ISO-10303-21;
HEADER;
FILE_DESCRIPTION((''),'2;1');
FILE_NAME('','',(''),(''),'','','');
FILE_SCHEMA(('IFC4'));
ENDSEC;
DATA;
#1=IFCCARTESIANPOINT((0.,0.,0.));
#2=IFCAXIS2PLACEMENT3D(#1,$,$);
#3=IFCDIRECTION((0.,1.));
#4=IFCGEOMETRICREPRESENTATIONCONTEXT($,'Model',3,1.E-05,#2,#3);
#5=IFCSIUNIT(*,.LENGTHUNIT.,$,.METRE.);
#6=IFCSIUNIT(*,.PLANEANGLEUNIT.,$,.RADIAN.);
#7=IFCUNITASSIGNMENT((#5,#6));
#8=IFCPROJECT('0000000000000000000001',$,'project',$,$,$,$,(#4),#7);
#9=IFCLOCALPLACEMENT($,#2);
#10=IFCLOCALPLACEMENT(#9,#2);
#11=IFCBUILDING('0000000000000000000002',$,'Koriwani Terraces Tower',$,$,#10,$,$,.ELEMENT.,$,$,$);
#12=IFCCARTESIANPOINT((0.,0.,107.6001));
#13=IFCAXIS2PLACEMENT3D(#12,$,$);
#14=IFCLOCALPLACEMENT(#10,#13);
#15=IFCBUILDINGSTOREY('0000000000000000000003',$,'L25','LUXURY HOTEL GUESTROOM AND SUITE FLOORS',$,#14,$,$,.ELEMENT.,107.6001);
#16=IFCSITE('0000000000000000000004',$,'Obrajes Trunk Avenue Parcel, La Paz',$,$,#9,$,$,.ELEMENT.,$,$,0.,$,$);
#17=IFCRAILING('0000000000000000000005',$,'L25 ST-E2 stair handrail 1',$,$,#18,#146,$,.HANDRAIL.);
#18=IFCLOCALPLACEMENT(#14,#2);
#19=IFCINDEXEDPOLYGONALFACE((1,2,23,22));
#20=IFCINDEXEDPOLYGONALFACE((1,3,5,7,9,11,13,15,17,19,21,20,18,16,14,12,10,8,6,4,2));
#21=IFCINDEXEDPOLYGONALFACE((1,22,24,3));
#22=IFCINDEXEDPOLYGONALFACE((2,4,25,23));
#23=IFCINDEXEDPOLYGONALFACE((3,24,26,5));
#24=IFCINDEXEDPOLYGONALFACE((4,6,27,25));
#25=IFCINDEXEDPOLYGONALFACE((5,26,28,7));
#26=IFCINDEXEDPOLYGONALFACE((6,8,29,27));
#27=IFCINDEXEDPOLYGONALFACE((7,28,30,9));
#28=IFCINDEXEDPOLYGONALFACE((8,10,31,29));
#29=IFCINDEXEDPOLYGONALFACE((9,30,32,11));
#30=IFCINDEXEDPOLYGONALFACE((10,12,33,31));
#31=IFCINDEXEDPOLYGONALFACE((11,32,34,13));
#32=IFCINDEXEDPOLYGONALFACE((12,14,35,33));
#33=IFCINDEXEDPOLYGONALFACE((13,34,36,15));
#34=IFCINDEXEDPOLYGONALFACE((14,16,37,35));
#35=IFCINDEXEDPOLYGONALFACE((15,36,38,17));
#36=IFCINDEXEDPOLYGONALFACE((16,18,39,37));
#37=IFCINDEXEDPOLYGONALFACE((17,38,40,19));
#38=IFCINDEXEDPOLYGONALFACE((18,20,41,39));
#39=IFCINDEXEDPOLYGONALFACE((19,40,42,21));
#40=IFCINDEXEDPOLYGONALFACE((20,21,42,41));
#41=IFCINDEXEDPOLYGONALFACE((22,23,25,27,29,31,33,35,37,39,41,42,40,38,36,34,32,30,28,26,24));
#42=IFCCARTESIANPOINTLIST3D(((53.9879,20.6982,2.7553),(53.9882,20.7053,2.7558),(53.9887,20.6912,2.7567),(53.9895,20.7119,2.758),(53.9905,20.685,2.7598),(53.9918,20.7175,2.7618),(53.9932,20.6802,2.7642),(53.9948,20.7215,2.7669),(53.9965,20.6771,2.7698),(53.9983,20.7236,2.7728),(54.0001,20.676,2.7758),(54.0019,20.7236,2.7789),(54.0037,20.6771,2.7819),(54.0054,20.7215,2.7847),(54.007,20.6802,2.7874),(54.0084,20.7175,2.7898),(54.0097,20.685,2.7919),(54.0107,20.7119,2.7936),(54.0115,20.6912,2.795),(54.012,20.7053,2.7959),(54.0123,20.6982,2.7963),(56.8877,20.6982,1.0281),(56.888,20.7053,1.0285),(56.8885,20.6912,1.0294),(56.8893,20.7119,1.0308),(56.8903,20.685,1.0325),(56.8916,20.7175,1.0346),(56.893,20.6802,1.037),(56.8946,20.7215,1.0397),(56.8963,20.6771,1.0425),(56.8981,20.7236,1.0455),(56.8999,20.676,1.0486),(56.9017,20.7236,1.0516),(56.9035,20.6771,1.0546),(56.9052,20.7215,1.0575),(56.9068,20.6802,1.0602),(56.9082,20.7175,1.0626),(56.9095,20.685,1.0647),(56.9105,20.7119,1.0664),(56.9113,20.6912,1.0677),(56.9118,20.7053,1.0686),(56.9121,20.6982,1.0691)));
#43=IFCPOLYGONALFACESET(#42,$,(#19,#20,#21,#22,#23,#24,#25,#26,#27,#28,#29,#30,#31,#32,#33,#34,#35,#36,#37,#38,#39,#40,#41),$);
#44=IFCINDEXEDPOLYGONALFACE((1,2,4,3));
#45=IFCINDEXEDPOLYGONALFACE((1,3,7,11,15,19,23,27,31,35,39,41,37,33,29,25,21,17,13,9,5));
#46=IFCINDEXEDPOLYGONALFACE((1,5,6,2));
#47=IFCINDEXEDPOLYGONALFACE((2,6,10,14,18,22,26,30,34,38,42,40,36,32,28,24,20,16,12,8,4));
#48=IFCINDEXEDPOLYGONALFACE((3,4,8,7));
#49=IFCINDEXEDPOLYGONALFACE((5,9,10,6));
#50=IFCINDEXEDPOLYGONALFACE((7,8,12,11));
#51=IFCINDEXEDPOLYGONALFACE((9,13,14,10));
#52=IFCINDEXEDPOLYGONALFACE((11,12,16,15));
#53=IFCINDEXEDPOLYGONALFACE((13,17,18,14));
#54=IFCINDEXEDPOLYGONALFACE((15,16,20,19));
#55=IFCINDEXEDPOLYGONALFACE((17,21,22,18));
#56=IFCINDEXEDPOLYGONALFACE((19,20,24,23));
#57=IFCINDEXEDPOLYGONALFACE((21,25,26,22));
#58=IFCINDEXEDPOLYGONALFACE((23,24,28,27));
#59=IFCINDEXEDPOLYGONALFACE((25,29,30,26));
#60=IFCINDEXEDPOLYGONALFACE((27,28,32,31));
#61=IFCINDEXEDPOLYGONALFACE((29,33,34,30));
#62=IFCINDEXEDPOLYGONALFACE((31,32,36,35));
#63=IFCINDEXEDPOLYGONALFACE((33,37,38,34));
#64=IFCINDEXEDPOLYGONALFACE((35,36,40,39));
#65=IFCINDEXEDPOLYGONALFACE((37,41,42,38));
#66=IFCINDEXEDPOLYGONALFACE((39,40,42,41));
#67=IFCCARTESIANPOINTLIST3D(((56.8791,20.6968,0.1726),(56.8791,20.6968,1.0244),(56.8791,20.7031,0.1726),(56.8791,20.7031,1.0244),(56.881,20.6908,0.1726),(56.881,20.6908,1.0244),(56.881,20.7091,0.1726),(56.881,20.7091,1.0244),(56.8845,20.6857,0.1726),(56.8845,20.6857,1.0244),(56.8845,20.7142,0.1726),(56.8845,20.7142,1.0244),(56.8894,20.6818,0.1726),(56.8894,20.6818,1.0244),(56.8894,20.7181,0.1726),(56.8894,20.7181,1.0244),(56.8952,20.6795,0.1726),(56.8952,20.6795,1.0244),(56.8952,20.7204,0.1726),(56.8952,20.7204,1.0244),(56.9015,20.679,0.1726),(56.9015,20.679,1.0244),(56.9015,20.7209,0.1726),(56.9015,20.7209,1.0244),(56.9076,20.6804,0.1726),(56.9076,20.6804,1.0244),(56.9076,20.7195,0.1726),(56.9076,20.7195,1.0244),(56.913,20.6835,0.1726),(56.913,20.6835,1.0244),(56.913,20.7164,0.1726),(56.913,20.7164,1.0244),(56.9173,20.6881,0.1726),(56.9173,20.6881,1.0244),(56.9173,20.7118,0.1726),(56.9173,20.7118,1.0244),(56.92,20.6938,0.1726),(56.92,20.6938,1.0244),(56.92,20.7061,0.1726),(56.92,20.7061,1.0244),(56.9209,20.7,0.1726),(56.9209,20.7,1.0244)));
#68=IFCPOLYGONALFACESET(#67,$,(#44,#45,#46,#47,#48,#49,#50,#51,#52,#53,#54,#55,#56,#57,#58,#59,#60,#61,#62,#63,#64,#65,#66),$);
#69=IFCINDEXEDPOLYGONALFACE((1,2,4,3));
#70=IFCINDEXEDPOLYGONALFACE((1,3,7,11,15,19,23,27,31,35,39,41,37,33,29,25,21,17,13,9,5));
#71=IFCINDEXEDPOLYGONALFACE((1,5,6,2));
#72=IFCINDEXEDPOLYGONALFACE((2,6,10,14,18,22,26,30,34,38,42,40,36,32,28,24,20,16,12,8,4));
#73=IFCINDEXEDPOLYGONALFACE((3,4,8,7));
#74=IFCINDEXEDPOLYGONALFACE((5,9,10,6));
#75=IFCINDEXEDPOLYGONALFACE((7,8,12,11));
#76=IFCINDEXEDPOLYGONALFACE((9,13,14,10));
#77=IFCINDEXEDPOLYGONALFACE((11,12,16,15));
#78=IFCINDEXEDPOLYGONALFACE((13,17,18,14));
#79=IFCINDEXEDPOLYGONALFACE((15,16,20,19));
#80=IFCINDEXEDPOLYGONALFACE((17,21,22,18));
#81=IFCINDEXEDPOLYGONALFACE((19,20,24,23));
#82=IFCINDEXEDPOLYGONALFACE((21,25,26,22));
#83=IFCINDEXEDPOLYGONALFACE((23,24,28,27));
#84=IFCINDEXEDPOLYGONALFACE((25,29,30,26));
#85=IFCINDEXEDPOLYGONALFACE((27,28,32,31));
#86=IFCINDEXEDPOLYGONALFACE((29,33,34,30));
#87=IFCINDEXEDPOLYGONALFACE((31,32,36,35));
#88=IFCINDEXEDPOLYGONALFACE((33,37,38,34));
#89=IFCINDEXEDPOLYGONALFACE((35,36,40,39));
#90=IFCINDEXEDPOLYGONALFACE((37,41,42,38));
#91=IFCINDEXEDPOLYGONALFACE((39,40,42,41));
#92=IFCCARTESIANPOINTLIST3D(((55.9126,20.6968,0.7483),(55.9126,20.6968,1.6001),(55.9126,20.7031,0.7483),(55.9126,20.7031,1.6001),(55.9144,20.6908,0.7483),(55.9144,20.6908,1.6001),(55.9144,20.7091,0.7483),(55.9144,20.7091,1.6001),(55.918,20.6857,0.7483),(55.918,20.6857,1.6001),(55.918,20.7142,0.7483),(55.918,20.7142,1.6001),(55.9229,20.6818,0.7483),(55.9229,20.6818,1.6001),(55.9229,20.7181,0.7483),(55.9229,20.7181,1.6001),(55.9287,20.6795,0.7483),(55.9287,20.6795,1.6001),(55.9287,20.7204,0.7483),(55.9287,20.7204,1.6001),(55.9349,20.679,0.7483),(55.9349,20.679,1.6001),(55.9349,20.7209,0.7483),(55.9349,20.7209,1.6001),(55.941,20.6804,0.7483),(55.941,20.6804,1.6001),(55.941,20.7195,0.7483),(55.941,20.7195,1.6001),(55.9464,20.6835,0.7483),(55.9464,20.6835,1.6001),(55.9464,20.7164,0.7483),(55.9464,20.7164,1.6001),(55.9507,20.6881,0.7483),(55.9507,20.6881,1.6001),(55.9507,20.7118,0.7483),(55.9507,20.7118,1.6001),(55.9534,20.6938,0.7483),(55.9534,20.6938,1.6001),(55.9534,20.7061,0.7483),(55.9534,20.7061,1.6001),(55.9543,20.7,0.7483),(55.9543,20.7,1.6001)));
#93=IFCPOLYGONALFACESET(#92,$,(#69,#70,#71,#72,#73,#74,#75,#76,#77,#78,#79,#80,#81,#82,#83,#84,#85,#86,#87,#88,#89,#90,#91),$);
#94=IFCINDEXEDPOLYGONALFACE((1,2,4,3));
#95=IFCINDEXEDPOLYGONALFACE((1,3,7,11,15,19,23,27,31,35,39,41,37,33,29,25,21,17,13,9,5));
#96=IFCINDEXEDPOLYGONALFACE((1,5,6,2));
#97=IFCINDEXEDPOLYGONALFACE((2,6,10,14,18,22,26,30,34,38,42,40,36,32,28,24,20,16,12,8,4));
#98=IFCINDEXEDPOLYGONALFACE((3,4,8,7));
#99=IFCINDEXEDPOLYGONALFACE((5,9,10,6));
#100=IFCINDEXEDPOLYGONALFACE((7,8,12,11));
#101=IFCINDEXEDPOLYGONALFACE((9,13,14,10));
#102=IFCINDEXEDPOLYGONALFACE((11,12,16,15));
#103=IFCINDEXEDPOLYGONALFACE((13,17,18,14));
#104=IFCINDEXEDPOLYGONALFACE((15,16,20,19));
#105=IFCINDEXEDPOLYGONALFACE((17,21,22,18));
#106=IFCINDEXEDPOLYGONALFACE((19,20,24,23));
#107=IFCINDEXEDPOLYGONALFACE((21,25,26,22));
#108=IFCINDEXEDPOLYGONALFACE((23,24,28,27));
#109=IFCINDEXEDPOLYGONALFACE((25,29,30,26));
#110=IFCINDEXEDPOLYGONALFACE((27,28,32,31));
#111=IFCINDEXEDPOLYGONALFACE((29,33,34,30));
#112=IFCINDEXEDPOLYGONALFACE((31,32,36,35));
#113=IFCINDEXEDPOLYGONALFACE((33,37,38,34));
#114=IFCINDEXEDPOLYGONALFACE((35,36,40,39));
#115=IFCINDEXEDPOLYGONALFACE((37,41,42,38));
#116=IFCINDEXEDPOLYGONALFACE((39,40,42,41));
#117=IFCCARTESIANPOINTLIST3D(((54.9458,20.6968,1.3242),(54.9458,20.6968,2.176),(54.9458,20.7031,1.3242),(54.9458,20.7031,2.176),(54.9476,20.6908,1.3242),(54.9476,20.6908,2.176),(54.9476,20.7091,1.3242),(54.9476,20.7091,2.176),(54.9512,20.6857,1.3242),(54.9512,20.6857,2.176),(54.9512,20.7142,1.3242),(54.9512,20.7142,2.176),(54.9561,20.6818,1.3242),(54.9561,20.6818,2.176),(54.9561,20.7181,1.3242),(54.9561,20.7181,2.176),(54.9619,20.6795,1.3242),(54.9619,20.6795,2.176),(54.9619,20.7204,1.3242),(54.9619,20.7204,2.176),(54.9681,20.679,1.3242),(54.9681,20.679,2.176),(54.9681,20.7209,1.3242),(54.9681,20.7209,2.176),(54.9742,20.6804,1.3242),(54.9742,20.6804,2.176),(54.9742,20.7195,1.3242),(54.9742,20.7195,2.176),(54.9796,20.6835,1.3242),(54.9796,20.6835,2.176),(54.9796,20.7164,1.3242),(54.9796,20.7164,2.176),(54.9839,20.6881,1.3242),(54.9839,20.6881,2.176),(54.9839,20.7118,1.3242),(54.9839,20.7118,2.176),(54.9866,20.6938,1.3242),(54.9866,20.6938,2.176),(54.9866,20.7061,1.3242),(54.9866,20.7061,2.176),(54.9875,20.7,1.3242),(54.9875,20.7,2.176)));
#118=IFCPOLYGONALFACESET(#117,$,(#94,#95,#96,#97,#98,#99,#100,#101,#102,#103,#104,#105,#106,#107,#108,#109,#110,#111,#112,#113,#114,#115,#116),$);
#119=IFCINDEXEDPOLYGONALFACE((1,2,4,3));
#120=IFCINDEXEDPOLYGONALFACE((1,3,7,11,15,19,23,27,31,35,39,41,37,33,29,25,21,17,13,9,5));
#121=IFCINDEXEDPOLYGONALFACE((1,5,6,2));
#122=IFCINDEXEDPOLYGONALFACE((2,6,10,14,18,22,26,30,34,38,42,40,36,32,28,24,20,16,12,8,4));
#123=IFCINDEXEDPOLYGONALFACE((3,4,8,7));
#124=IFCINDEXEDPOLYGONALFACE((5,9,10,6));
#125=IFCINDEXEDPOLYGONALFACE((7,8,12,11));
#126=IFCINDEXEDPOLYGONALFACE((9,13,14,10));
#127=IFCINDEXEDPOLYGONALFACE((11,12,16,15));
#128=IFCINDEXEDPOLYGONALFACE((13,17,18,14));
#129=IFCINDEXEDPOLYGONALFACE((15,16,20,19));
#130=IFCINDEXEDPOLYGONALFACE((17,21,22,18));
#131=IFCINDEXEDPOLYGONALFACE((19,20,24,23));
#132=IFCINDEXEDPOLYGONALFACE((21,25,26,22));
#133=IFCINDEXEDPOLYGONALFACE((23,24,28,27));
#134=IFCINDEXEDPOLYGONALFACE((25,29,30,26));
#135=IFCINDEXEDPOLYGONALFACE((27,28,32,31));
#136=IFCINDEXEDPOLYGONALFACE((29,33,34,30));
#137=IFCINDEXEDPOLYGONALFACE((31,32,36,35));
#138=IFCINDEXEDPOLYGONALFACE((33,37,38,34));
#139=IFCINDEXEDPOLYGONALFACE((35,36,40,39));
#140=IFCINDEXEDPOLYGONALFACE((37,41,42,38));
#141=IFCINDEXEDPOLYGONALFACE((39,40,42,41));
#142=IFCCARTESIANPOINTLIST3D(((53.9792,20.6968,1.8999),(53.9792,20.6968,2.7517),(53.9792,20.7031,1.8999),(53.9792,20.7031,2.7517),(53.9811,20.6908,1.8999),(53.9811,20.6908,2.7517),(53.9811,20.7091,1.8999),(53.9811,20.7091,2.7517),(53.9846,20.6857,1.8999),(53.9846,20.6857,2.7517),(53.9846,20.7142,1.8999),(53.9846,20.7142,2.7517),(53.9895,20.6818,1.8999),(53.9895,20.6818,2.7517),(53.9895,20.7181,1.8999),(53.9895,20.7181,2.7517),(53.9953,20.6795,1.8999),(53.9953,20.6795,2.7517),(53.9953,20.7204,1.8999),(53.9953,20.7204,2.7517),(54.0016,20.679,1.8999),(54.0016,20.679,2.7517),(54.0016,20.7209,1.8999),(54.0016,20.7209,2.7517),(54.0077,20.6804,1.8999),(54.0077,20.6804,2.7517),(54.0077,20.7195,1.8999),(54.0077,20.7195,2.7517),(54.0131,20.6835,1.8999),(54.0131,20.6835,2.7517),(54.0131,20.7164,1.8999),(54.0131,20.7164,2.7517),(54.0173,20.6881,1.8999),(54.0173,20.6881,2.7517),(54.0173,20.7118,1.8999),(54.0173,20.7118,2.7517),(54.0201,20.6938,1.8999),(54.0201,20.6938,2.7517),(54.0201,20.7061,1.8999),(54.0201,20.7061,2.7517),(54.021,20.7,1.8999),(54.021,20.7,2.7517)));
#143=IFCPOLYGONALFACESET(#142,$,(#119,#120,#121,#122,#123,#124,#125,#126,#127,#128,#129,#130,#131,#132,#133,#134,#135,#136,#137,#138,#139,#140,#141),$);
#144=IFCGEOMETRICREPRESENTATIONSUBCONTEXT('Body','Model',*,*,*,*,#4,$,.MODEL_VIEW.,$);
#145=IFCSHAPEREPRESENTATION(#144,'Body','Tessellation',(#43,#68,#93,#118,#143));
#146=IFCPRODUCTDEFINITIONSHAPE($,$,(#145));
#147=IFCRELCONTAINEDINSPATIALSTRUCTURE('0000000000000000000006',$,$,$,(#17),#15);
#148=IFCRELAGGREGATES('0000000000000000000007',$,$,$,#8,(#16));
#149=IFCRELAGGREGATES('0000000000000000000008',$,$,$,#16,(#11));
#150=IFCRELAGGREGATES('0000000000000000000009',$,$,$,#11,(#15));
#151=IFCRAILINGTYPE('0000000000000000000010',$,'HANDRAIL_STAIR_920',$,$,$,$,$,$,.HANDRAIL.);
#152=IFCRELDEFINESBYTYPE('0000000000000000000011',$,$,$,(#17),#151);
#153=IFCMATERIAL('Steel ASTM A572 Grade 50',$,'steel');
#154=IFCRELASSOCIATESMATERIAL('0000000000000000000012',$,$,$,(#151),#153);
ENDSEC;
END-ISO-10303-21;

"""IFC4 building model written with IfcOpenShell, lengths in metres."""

from ifc_helpers import new_model, si_unit, direction, frame, origin, origin_2d, place, context, subcontext, project, spatial, circle, extrude, material, type_object, element, save


model = new_model("IFC4")

# Units and contexts
model_context = context("Model", 3, precision=1e-05, world=origin(), true_north=direction((0.0, 1.0)))
body_context = subcontext(model_context, "Body", "Model", "MODEL_VIEW")
ifc_project = project(units=[si_unit("LENGTHUNIT", "METRE"), si_unit("PLANEANGLEUNIT", "RADIAN")], contexts=[model_context])

# Site, building, storey
site_placement = place(None, origin())
site = spatial("IfcSite", under=ifc_project, at=site_placement, Name="Obrajes Trunk Avenue Parcel, La Paz", CompositionType="ELEMENT", RefElevation=0.0)
building_placement = place(site_placement, origin())
building = spatial("IfcBuilding", under=site, at=building_placement, Name="Koriwani Terraces Tower", CompositionType="ELEMENT")
storey_placement = place(building_placement, frame((0.0, 0.0, 107.6001)))
storey = spatial("IfcBuildingStorey", under=building, at=storey_placement, Name="L25", Description="LUXURY HOTEL GUESTROOM AND SUITE FLOORS", CompositionType="ELEMENT", Elevation=107.6001)

# Shared definitions
ifc_material_1 = material(Name="Steel ASTM A572 Grade 50", Category="steel")

# Railing
railing_type_1 = type_object("IfcRailingType", Name="HANDRAIL_STAIR_920", PredefinedType="HANDRAIL", material=ifc_material_1)
railing_1_placement = place(storey_placement, frame((56.8999, 20.7, 0.1726)))
element("IfcRailing", 1, at=railing_1_placement, inside=storey, type_object=railing_type_1, Name="L25 ST-E2 stair handrail 1", PredefinedType="HANDRAIL", context=body_context, shape_type="SweptSolid", body=[
    extrude(circle(Radius=0.0239, at=origin_2d()), frame((0.0, 0.0, 0.876), z_axis=(-0.859141, 0.0, 0.511738), x_axis=(0.0, -1.0, 0.0)), (0.0, 0.0, 1.0), 3.3752),
    extrude(circle(Radius=0.021, at=origin_2d()), origin(), (0.0, 0.0, 1.0), 0.8518),
    extrude(circle(Radius=0.021, at=origin_2d()), frame((-0.9666, 0.0, 0.5757)), (0.0, 0.0, 1.0), 0.8518),
    extrude(circle(Radius=0.021, at=origin_2d()), frame((-1.9333, 0.0, 1.1516)), (0.0, 0.0, 1.0), 0.8518),
    extrude(circle(Radius=0.021, at=origin_2d()), frame((-2.8999, 0.0, 1.7273)), (0.0, 0.0, 1.0), 0.8518),
])

save(model, "model.ifc")
